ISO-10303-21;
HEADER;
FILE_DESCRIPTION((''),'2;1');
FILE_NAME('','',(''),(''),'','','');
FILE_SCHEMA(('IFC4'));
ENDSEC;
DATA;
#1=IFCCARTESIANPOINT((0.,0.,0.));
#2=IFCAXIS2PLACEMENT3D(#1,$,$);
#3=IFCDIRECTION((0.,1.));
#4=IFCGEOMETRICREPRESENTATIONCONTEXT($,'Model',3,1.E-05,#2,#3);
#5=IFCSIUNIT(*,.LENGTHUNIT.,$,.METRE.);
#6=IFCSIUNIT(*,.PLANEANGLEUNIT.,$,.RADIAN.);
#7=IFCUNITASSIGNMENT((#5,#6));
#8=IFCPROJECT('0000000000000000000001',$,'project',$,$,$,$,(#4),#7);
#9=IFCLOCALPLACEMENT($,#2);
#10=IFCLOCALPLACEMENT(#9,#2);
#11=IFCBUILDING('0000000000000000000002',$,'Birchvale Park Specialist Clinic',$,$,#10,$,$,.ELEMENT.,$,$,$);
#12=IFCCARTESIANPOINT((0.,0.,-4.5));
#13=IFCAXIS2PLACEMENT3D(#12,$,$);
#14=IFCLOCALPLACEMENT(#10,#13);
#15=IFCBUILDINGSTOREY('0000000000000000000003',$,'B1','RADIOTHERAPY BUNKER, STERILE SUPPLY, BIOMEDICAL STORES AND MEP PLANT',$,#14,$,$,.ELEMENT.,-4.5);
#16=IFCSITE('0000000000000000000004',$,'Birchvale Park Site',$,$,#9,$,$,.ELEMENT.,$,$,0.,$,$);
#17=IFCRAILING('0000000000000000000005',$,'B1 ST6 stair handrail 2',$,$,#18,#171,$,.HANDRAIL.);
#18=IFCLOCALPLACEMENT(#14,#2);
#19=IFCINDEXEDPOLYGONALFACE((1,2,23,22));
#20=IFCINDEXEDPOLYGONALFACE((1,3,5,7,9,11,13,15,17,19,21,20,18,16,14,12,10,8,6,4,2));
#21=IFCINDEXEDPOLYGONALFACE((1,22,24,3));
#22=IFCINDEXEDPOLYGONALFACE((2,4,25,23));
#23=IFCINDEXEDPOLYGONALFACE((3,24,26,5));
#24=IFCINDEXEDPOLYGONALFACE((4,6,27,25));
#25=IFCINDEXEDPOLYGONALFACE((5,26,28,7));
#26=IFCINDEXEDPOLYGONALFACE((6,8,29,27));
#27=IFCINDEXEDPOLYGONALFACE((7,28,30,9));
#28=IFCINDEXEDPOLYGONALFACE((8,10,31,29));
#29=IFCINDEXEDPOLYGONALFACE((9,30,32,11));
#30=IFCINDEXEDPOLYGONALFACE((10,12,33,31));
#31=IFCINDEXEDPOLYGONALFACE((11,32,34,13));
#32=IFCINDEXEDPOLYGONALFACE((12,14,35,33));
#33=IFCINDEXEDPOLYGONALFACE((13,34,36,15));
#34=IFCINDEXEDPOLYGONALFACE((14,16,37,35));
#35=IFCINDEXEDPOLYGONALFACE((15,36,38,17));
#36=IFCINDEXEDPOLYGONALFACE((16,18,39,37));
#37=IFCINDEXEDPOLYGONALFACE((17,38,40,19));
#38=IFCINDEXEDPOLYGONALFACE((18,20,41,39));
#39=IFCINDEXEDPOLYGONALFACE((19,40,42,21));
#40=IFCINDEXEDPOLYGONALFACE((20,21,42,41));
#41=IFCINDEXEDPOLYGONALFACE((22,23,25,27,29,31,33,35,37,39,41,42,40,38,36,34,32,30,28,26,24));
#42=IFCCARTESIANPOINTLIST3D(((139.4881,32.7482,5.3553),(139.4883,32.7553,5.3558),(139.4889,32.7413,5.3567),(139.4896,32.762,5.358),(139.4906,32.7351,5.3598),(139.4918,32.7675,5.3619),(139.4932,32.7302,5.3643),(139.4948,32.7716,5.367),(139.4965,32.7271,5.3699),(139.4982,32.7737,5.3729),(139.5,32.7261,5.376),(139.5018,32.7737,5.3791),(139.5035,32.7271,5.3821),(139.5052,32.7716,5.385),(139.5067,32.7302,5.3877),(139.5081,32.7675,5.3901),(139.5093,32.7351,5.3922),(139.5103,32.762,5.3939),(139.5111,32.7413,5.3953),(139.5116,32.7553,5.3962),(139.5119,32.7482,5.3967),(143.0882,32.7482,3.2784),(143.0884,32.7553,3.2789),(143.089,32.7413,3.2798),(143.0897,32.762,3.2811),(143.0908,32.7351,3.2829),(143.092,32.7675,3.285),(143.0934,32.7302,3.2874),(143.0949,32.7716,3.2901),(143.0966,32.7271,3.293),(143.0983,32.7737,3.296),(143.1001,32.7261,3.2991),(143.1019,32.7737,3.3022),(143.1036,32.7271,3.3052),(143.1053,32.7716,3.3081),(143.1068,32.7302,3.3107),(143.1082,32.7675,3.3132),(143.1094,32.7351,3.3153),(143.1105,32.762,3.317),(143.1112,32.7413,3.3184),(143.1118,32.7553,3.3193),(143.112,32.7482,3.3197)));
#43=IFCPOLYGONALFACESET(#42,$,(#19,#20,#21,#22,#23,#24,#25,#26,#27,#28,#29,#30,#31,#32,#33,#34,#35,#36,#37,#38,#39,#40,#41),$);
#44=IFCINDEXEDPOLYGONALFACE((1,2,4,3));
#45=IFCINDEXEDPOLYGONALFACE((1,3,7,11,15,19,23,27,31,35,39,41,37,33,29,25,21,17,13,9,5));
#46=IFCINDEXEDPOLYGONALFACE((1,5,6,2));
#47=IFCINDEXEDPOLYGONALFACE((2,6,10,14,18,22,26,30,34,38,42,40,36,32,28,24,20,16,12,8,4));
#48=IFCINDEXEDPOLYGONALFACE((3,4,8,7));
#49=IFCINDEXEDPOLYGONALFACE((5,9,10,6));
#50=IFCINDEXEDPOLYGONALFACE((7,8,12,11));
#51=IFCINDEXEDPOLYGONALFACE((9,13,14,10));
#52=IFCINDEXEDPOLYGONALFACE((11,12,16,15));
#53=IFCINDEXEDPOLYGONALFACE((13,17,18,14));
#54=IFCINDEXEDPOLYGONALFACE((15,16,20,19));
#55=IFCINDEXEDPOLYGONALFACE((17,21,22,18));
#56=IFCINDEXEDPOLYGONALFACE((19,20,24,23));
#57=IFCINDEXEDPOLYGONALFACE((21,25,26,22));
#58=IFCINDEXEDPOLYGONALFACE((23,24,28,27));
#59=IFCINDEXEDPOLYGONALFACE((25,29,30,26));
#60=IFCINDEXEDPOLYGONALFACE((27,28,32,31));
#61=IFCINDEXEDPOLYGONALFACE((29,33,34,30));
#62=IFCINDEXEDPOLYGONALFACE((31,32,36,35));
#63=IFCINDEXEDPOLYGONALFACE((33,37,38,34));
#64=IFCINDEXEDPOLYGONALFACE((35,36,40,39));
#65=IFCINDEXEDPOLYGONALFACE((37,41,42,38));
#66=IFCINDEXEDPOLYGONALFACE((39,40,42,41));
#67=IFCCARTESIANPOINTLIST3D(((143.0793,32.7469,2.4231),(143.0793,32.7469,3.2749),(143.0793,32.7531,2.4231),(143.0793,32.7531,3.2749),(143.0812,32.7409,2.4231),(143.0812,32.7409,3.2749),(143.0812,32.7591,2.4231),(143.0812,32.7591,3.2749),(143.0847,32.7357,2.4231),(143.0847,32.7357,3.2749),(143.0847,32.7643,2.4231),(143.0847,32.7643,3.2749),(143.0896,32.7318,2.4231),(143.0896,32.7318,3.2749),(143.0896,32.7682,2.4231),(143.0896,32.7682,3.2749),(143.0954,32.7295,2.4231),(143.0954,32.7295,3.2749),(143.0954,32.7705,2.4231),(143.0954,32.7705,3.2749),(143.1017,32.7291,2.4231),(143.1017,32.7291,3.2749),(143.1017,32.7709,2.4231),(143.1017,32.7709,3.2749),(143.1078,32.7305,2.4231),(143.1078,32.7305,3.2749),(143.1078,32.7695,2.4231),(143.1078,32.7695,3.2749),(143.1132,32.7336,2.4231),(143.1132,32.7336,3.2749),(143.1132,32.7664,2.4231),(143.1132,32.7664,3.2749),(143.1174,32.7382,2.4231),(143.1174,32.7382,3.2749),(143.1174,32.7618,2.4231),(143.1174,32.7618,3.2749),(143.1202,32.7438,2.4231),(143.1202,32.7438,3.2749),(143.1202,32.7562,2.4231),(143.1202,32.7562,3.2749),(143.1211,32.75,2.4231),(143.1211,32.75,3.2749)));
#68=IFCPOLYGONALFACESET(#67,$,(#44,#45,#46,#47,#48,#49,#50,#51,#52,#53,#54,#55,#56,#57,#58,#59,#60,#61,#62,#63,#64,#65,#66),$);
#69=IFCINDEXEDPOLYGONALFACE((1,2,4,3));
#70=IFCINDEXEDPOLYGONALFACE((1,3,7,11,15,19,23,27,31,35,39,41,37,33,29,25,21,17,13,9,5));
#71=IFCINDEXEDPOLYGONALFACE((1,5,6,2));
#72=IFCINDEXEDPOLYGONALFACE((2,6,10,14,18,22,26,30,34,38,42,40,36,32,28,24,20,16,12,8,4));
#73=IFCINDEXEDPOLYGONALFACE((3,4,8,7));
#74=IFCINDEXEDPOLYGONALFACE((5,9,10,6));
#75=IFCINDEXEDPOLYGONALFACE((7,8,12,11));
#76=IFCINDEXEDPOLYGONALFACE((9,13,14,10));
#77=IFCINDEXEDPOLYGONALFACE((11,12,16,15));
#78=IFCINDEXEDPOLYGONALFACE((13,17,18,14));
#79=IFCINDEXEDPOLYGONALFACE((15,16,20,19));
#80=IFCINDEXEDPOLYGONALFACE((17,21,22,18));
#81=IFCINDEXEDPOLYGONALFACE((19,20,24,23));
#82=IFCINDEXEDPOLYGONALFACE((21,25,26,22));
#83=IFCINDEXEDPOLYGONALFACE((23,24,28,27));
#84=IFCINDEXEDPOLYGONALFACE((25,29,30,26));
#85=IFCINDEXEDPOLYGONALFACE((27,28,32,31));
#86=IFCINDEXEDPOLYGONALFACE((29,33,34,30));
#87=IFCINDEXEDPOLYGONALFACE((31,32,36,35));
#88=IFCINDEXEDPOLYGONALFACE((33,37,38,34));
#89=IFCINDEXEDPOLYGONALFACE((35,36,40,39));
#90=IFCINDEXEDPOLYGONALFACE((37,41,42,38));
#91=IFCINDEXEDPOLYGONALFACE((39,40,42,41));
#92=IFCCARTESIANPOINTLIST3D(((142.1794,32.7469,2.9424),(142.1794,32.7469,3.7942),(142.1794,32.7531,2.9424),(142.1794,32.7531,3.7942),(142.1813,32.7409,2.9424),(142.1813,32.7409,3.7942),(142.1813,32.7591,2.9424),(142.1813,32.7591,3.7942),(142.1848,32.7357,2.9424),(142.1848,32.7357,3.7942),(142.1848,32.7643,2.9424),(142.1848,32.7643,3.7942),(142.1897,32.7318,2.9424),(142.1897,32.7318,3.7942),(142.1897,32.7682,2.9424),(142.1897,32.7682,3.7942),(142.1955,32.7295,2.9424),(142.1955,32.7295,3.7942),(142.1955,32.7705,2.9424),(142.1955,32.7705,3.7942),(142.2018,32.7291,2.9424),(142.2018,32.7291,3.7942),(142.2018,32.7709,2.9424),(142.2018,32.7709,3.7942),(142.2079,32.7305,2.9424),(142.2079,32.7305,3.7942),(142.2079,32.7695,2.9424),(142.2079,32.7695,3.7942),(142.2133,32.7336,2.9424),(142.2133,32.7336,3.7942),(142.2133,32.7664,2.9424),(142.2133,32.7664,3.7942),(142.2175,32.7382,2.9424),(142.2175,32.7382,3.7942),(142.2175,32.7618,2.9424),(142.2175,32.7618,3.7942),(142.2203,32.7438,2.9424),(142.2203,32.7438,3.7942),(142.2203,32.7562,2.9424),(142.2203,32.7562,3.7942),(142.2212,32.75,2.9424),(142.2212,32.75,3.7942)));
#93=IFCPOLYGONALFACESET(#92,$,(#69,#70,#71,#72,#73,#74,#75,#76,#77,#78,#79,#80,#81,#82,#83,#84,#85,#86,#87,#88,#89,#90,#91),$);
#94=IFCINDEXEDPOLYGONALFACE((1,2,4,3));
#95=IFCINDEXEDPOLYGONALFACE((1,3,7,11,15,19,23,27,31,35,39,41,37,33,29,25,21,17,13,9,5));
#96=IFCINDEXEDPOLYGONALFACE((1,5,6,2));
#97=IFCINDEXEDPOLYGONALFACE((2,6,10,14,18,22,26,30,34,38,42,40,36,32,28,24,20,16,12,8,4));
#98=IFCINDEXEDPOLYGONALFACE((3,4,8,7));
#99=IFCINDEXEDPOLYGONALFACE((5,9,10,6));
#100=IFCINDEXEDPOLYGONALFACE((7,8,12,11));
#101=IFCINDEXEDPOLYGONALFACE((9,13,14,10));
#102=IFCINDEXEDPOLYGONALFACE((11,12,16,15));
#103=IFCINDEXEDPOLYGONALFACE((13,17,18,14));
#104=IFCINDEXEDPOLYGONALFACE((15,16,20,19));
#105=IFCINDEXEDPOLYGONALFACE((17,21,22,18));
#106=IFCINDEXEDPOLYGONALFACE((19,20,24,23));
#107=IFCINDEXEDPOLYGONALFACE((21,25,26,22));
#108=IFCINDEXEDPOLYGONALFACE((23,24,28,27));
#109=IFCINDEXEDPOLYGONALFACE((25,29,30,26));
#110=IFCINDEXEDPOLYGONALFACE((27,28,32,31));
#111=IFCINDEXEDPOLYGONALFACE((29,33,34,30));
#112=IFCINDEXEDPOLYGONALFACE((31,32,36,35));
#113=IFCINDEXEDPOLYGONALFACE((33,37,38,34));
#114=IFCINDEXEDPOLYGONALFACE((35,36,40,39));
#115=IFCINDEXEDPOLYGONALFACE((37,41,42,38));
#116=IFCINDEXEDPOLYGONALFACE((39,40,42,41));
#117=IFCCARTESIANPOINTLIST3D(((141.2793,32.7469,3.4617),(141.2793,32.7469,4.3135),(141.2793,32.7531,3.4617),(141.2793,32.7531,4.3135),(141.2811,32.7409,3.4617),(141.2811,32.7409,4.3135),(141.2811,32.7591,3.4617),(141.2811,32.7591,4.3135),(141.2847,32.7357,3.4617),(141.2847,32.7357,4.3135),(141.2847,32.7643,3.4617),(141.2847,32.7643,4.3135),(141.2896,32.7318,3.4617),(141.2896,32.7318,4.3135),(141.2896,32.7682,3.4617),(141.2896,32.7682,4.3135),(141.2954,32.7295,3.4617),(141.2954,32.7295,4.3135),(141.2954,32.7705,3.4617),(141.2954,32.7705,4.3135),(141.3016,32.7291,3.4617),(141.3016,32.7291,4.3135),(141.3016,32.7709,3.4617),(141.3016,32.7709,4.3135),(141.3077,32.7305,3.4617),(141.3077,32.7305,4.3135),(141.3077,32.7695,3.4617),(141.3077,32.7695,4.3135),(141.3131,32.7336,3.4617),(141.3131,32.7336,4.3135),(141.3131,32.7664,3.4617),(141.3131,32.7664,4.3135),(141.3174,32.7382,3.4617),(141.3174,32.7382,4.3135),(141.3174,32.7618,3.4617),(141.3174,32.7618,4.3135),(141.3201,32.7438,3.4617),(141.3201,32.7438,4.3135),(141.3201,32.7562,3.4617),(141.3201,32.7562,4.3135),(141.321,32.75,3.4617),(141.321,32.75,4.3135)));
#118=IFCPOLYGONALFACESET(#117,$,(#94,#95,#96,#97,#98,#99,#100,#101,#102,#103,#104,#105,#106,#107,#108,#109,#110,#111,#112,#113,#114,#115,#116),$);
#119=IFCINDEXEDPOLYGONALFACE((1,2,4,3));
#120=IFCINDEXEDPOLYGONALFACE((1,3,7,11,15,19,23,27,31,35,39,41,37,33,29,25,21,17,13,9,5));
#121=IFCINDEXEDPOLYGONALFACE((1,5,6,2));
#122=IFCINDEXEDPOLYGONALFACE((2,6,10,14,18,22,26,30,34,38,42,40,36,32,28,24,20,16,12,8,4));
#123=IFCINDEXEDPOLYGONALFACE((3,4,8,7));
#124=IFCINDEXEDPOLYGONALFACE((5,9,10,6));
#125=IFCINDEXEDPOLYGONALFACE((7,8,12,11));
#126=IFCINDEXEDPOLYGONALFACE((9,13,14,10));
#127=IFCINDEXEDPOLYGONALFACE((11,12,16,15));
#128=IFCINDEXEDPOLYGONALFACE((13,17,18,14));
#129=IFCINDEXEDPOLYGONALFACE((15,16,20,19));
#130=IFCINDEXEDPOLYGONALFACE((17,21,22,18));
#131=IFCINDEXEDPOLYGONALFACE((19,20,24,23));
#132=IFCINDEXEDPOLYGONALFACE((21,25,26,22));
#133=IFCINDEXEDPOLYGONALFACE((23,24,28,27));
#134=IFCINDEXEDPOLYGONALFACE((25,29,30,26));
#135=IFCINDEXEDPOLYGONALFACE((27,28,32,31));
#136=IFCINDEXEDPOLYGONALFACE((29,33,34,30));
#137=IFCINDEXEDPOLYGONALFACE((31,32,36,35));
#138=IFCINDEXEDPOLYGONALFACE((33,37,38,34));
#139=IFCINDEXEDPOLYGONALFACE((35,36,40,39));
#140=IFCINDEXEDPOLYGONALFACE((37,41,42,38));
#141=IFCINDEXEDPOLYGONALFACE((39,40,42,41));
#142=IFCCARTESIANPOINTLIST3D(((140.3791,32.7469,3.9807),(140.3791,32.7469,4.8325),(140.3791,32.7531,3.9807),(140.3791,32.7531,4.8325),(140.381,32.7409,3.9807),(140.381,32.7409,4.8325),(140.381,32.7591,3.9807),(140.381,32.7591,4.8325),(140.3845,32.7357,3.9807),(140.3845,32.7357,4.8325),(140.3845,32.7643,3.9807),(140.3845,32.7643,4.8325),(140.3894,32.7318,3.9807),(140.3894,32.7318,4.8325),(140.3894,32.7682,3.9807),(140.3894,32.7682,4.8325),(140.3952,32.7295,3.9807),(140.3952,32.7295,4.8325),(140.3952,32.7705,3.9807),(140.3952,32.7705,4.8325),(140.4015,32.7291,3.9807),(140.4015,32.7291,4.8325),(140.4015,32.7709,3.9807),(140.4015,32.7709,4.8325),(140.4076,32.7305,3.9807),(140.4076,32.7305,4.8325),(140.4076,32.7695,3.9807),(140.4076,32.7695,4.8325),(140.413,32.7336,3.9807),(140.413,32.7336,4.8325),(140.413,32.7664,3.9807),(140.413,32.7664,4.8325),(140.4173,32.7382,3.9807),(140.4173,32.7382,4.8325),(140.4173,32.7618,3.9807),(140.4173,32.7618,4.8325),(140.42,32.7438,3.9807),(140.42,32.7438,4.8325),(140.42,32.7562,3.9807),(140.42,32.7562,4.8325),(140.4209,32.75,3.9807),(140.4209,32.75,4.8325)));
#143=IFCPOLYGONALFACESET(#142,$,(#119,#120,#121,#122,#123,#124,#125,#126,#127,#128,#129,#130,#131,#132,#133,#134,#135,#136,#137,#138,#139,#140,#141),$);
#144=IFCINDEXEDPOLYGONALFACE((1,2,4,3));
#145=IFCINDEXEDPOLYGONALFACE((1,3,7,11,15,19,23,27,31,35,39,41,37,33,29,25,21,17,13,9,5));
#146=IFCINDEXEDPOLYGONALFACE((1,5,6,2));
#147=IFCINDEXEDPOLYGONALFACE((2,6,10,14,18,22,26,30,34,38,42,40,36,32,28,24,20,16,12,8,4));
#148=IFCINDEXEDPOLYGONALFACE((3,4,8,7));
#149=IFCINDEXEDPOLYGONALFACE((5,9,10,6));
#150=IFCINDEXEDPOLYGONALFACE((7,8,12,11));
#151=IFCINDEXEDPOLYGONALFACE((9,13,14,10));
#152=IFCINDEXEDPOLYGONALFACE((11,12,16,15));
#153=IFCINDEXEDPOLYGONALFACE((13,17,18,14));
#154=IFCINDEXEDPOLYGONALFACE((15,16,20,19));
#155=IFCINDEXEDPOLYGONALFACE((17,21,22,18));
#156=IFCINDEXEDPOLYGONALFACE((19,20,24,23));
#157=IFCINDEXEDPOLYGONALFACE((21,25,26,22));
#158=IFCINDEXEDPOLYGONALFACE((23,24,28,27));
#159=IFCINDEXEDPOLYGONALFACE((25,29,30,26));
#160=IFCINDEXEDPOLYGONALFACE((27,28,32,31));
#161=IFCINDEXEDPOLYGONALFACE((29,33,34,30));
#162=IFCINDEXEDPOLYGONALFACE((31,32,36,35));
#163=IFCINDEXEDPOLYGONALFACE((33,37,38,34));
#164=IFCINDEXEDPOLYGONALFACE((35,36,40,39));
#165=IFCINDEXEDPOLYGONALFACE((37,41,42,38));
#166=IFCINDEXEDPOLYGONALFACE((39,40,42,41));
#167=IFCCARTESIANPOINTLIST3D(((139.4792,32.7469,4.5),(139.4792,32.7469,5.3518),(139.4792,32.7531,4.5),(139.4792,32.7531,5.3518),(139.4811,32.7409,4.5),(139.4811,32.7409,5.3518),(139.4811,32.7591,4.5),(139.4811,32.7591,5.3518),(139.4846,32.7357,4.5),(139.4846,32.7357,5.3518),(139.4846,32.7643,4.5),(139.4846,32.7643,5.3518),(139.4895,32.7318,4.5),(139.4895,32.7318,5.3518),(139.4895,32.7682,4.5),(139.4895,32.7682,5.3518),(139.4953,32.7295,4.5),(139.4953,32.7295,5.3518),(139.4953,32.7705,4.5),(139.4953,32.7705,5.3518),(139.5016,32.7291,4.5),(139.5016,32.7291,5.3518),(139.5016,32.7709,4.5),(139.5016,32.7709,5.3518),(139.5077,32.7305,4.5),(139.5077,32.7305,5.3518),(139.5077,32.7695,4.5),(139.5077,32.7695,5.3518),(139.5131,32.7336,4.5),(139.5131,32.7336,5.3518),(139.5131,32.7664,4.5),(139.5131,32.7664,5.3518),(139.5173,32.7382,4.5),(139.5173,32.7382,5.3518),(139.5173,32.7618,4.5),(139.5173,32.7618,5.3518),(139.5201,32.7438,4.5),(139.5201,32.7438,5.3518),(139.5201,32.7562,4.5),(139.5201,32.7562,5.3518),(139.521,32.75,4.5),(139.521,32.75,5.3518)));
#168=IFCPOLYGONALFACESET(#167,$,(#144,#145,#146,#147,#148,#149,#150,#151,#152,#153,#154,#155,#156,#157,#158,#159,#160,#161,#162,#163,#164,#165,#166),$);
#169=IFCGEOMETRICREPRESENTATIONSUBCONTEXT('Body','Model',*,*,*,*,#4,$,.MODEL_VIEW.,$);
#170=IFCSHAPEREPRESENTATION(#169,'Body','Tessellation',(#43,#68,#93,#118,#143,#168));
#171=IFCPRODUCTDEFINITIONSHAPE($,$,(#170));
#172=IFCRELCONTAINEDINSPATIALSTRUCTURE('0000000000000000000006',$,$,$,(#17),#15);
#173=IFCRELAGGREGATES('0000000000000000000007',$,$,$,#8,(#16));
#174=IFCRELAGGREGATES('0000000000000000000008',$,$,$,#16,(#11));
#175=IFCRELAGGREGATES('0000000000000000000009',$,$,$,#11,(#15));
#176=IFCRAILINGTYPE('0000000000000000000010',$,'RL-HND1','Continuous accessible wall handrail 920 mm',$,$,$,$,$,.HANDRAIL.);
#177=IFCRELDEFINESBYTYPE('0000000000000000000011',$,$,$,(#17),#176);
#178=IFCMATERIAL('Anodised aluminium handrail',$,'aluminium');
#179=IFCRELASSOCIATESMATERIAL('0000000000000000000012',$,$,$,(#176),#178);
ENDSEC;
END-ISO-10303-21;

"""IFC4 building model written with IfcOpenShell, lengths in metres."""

from ifc_helpers import new_model, si_unit, direction, frame, origin, origin_2d, place, context, subcontext, project, spatial, circle, extrude, material, type_object, element, save


model = new_model("IFC4")

# Units and contexts
model_context = context("Model", 3, precision=1e-05, world=origin(), true_north=direction((0.0, 1.0)))
body_context = subcontext(model_context, "Body", "Model", "MODEL_VIEW")
ifc_project = project(units=[si_unit("LENGTHUNIT", "METRE"), si_unit("PLANEANGLEUNIT", "RADIAN")], contexts=[model_context])

# Site, building, storey
site_placement = place(None, origin())
site = spatial("IfcSite", under=ifc_project, at=site_placement, Name="Birchvale Park Site", CompositionType="ELEMENT", RefElevation=0.0)
building_placement = place(site_placement, origin())
building = spatial("IfcBuilding", under=site, at=building_placement, Name="Birchvale Park Specialist Clinic", CompositionType="ELEMENT")
storey_placement = place(building_placement, frame((0.0, 0.0, -4.5)))
storey = spatial("IfcBuildingStorey", under=building, at=storey_placement, Name="B1", Description="RADIOTHERAPY BUNKER, STERILE SUPPLY, BIOMEDICAL STORES AND MEP PLANT", CompositionType="ELEMENT", Elevation=-4.5)

# Railing
ifc_material_1 = material(Name="Anodised aluminium handrail", Category="aluminium")
railing_type_1 = type_object("IfcRailingType", Name="RL-HND1", Description="Continuous accessible wall handrail 920 mm", PredefinedType="HANDRAIL", material=ifc_material_1)
railing_1_placement = place(storey_placement, frame((143.1001, 32.75, 2.4231)))
element("IfcRailing", 1, at=railing_1_placement, inside=storey, type_object=railing_type_1, Name="B1 ST6 stair handrail 2", PredefinedType="HANDRAIL", context=body_context, shape_type="SweptSolid", body=[
    extrude(circle(Radius=0.0239, at=origin_2d()), frame((0.0, 0.0, 0.876), z_axis=(-0.866193, 0.0, 0.499709), x_axis=(0.0, -1.0, 0.0)), (0.0, 0.0, 1.0), 4.1562),
    extrude(circle(Radius=0.021, at=origin_2d()), origin(), (0.0, 0.0, 1.0), 0.8518),
    extrude(circle(Radius=0.021, at=origin_2d()), frame((-0.8999, 0.0, 0.5193)), (0.0, 0.0, 1.0), 0.8518),
    extrude(circle(Radius=0.021, at=origin_2d()), frame((-1.8, 0.0, 1.0386)), (0.0, 0.0, 1.0), 0.8518),
    extrude(circle(Radius=0.021, at=origin_2d()), frame((-2.7002, 0.0, 1.5576)), (0.0, 0.0, 1.0), 0.8518),
    extrude(circle(Radius=0.021, at=origin_2d()), frame((-3.6001, 0.0, 2.0769)), (0.0, 0.0, 1.0), 0.8518),
])

save(model, "model.ifc")
